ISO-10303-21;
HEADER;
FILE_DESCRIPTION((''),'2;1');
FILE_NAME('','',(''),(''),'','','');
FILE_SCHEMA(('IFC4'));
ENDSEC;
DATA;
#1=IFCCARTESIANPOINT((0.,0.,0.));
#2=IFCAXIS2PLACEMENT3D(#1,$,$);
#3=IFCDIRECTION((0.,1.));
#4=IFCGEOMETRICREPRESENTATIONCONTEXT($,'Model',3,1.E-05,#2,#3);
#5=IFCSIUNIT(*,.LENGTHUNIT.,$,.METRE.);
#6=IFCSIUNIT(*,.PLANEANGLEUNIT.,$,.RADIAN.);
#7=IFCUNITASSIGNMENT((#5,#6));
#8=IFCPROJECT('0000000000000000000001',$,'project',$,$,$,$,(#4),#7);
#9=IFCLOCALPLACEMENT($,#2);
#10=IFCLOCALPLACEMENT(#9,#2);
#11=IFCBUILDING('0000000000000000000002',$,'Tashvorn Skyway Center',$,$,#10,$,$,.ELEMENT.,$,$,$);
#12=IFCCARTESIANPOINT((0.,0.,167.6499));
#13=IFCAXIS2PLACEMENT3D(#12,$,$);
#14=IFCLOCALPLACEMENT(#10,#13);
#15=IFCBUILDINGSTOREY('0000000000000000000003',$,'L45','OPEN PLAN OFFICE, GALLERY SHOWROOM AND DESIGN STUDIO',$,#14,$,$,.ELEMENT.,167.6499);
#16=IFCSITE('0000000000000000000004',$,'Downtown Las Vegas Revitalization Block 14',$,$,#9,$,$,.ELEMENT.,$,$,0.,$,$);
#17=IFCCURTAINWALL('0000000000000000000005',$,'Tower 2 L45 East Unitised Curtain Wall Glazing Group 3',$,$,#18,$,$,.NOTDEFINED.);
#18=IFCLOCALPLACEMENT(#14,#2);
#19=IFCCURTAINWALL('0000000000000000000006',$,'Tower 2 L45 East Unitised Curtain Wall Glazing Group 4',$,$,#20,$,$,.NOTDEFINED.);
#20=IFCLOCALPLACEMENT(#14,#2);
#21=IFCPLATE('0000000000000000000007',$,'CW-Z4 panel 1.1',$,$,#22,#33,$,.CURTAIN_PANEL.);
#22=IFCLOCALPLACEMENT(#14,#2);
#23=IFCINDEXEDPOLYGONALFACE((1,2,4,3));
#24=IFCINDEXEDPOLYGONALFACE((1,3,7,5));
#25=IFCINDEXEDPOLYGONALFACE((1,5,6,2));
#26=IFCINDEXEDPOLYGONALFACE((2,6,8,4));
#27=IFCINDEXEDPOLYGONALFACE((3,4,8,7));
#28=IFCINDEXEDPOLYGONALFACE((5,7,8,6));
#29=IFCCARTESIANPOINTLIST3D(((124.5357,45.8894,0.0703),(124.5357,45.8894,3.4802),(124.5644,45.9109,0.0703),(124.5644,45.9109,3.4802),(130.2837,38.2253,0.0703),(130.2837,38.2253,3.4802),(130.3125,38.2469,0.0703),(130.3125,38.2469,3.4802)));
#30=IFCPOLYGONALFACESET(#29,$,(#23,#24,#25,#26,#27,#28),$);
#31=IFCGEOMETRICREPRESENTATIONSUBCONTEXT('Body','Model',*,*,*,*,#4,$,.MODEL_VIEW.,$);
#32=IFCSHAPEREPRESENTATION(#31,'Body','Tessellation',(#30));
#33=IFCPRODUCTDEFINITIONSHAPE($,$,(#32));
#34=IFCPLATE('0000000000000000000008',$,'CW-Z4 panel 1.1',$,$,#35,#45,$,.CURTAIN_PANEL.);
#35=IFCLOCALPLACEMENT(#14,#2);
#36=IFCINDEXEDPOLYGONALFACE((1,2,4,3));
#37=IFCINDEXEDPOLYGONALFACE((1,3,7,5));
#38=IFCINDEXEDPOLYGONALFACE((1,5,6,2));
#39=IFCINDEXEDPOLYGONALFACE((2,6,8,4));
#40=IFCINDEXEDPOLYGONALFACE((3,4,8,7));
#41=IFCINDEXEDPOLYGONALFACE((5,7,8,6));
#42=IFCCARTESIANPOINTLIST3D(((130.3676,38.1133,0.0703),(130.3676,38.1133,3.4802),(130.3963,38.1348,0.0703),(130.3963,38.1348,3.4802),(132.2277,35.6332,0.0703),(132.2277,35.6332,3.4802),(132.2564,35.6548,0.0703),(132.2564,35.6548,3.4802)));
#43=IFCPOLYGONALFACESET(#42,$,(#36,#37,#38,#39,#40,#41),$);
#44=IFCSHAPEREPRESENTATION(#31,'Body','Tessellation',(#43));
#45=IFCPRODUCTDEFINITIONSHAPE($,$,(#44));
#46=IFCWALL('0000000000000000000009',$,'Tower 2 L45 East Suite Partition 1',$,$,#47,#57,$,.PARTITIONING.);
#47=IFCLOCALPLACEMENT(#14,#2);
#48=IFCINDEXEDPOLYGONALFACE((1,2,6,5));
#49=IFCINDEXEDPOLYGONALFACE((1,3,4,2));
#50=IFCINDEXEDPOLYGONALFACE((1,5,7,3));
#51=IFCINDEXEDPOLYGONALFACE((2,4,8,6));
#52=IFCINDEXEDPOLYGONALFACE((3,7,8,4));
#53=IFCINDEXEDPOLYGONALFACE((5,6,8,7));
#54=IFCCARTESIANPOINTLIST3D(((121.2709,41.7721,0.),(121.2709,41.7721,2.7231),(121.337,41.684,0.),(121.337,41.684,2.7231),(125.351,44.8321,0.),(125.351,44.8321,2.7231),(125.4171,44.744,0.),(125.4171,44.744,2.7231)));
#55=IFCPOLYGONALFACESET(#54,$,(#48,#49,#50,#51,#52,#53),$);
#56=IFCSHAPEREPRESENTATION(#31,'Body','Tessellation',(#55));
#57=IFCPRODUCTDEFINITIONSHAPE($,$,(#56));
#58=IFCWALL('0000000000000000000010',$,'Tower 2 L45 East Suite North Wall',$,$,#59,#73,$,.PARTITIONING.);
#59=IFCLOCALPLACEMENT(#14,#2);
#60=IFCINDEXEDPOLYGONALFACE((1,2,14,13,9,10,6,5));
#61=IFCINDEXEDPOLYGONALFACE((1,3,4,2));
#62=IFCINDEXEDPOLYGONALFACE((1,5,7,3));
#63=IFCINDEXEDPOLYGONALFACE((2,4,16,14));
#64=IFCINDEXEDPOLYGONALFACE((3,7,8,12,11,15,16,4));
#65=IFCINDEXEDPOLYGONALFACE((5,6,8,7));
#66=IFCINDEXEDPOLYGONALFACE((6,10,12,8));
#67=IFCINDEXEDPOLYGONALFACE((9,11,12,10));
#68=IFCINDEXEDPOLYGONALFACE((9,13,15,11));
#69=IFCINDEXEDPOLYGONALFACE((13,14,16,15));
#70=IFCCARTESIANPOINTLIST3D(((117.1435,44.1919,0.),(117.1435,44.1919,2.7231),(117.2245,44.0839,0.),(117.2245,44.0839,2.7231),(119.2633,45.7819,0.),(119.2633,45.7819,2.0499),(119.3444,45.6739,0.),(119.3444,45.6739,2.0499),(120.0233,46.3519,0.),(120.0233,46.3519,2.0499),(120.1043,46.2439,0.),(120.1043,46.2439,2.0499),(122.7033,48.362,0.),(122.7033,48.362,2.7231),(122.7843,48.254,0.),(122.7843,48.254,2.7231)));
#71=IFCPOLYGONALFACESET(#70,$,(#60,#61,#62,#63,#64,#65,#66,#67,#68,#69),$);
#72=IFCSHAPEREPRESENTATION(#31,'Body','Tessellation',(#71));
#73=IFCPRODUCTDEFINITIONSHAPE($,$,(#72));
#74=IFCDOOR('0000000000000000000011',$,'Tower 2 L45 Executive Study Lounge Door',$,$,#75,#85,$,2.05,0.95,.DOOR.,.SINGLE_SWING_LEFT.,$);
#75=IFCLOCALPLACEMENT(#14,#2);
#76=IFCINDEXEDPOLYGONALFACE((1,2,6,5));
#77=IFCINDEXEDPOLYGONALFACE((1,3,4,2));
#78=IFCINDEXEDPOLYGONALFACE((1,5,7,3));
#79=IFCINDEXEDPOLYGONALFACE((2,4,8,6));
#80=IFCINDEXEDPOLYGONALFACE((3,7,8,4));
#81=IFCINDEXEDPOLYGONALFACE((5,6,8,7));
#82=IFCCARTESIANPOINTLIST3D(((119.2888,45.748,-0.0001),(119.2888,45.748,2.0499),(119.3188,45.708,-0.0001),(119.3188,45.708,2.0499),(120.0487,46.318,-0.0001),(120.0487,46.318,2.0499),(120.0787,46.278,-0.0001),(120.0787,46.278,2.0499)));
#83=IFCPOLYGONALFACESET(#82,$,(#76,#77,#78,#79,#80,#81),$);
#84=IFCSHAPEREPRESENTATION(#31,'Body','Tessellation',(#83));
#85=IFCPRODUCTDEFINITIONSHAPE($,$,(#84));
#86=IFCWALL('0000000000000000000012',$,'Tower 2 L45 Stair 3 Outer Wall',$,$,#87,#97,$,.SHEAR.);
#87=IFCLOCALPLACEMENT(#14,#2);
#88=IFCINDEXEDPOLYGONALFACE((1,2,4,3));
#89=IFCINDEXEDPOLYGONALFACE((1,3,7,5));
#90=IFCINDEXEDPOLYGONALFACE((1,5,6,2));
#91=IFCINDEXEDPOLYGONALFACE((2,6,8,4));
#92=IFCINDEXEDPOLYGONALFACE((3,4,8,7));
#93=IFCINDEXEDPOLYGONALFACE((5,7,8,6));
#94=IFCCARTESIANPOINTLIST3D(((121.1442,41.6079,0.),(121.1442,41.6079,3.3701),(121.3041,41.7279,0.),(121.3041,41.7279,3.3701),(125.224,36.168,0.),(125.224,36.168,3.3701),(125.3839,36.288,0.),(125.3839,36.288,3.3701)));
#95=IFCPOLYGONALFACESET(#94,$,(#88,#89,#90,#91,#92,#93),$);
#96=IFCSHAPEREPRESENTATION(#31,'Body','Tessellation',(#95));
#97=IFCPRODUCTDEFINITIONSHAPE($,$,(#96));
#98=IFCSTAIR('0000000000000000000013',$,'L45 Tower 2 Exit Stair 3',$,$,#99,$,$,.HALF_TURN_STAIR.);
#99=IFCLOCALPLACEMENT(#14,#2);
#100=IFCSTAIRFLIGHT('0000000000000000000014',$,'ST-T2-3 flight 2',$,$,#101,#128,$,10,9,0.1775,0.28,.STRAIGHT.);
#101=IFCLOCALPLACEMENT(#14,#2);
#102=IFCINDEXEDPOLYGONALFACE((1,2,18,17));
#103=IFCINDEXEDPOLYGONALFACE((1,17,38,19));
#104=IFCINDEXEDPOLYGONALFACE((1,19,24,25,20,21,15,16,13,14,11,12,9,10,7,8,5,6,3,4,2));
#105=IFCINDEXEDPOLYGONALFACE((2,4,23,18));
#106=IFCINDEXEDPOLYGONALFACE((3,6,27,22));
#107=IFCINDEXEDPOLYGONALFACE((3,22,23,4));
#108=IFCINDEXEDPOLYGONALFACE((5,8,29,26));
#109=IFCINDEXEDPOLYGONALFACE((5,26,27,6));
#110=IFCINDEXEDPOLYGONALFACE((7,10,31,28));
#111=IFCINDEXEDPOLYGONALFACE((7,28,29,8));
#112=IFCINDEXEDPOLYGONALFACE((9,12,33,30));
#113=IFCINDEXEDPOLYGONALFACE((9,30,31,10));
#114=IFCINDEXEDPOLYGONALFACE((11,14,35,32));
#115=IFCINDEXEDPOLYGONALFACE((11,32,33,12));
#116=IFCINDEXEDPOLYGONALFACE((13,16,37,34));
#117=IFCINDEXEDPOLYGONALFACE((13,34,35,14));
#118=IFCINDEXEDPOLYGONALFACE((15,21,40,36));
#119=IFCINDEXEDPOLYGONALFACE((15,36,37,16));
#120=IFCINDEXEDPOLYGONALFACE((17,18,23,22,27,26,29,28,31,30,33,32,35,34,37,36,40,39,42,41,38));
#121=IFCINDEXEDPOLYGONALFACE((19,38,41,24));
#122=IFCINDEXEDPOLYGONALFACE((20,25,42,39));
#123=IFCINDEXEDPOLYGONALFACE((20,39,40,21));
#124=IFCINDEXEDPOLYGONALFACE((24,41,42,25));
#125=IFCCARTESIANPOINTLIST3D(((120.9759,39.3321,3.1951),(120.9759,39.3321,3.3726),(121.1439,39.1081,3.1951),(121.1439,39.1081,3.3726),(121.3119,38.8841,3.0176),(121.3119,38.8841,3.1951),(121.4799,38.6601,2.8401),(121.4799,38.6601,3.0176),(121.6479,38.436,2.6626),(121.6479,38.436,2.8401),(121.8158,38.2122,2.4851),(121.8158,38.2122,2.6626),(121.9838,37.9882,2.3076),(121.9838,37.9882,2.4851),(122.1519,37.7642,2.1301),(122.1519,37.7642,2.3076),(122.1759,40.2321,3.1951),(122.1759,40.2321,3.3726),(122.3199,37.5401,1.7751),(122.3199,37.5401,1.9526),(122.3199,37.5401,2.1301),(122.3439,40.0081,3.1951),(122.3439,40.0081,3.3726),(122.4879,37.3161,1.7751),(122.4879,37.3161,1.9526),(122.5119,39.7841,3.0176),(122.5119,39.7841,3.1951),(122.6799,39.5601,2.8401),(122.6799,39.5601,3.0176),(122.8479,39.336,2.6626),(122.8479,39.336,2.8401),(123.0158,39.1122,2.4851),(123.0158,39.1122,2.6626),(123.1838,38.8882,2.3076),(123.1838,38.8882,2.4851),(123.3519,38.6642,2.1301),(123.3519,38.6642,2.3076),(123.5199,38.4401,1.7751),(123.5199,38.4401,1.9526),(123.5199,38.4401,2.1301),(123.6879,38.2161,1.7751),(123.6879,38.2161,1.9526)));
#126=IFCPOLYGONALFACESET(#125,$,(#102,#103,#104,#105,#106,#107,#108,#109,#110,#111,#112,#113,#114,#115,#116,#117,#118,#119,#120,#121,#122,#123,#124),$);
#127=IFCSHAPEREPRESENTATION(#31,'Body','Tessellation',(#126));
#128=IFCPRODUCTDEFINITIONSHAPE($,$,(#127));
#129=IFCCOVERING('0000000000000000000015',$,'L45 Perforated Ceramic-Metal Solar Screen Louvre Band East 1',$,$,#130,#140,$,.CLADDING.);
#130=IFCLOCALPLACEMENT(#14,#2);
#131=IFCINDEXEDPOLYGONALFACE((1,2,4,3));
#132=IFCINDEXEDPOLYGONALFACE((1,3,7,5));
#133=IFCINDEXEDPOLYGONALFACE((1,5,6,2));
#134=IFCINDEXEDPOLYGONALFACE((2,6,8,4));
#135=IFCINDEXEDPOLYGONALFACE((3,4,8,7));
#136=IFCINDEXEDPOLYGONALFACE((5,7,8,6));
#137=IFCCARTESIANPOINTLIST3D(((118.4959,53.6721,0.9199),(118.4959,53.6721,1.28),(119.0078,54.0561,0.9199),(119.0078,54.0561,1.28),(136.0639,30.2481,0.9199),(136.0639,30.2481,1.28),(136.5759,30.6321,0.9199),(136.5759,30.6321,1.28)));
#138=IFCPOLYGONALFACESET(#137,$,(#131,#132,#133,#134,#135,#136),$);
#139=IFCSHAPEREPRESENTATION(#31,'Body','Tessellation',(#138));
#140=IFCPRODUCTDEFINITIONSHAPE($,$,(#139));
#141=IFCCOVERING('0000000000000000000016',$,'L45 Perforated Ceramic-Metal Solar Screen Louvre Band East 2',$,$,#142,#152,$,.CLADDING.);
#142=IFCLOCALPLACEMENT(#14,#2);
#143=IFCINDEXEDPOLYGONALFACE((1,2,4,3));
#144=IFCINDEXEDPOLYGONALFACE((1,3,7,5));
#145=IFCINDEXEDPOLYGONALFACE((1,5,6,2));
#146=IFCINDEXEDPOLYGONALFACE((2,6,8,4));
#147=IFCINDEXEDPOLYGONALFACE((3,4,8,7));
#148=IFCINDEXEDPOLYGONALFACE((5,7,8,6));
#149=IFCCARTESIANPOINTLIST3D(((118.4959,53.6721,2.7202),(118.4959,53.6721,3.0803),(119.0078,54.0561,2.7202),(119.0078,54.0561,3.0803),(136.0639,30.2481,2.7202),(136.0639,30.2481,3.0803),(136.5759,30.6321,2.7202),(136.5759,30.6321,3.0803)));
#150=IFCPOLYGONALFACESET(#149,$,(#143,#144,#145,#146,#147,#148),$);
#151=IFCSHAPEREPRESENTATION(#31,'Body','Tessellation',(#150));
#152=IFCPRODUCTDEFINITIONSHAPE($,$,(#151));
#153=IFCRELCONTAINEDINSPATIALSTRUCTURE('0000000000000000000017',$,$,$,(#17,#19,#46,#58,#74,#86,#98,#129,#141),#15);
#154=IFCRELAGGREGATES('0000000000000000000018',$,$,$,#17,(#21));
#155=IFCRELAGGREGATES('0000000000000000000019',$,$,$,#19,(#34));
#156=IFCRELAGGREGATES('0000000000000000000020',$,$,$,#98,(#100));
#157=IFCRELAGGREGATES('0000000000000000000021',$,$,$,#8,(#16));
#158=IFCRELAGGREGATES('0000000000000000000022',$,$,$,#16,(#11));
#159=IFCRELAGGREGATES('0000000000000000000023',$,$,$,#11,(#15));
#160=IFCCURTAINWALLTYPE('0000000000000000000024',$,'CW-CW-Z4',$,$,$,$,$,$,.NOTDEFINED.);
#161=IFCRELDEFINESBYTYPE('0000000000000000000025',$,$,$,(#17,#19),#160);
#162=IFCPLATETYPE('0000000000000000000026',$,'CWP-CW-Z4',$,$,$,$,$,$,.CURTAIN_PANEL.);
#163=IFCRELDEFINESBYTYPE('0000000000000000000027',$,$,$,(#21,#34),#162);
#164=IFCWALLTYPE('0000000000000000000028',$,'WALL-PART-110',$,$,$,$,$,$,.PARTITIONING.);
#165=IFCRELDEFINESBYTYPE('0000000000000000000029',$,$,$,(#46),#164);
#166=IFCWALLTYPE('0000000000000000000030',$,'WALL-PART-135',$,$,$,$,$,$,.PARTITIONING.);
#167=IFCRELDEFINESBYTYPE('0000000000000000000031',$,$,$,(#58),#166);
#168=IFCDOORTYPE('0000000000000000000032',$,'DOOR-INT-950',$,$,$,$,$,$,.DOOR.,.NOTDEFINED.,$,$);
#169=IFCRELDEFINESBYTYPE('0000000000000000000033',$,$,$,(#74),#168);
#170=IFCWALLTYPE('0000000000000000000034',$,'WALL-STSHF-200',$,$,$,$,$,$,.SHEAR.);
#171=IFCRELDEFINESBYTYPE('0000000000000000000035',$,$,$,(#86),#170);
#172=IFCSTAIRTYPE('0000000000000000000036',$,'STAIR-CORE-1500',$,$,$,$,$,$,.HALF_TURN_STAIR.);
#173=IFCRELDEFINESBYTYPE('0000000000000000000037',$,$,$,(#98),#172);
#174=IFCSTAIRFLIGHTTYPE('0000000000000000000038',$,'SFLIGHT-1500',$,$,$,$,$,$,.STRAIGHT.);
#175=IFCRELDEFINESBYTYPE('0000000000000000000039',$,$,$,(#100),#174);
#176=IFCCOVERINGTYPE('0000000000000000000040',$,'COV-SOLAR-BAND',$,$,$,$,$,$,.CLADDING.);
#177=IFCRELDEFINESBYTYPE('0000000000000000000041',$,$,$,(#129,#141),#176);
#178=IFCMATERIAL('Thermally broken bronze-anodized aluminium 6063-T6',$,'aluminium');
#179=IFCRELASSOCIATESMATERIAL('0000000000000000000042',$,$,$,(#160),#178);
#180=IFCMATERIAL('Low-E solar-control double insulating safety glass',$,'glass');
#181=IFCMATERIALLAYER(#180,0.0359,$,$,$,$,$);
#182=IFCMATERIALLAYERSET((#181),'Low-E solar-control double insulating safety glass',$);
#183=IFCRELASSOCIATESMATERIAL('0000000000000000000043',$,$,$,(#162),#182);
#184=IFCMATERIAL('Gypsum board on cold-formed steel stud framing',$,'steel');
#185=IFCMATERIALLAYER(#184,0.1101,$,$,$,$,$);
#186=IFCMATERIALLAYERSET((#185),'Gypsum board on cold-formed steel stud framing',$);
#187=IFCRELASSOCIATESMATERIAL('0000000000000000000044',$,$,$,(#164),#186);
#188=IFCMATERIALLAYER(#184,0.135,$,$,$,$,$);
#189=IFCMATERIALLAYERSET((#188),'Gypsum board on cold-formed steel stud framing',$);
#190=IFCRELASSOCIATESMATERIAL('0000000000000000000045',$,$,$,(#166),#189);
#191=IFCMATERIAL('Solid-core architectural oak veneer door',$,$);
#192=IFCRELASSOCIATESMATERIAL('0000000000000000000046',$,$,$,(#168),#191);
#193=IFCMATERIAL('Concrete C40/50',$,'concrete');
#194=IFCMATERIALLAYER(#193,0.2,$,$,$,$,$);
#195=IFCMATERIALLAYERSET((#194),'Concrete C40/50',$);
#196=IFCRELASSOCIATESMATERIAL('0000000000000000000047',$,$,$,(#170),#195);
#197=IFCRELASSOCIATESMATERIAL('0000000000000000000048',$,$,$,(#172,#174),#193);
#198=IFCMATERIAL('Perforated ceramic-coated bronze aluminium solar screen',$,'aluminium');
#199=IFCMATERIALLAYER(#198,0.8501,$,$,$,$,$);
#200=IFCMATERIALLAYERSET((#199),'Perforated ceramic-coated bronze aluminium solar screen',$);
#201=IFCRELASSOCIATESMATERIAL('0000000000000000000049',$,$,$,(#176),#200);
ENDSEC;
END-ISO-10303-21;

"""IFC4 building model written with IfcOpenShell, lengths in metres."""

from ifc_helpers import new_model, si_unit, direction, frame, frame_2d, origin, origin_2d, place, context, subcontext, project, spatial, polyline, rectangle, outline, extrude, material, layer, layer_set, type_object, element, fill, aggregate, save


model = new_model("IFC4")

# Units and contexts
model_context = context("Model", 3, precision=1e-05, world=origin(), true_north=direction((0.0, 1.0)))
body_context = subcontext(model_context, "Body", "Model", "MODEL_VIEW")
ifc_project = project(units=[si_unit("LENGTHUNIT", "METRE"), si_unit("PLANEANGLEUNIT", "RADIAN")], contexts=[model_context])

# Site, building, storey
site_placement = place(None, origin())
site = spatial("IfcSite", under=ifc_project, at=site_placement, Name="Downtown Las Vegas Revitalization Block 14", CompositionType="ELEMENT", RefElevation=0.0)
building_placement = place(site_placement, origin())
building = spatial("IfcBuilding", under=site, at=building_placement, Name="Tashvorn Skyway Center", CompositionType="ELEMENT")
storey_placement = place(building_placement, frame((0.0, 0.0, 167.6499)))
storey = spatial("IfcBuildingStorey", under=building, at=storey_placement, Name="L45", Description="OPEN PLAN OFFICE, GALLERY SHOWROOM AND DESIGN STUDIO", CompositionType="ELEMENT", Elevation=167.6499)

# Curtain walls
ifc_material_1 = material(Name="Thermally broken bronze-anodized aluminium 6063-T6", Category="aluminium")
curtain_wall_type = type_object("IfcCurtainWallType", Name="CW-CW-Z4", PredefinedType="NOTDEFINED", material=ifc_material_1)
curtain_wall_1_placement = place(storey_placement, origin())
curtain_wall_1 = element("IfcCurtainWall", 1, at=curtain_wall_1_placement, inside=storey, type_object=curtain_wall_type, Name="Tower 2 L45 East Unitised Curtain Wall Glazing Group 3", PredefinedType="NOTDEFINED")
curtain_wall_2_placement = place(storey_placement, origin())
curtain_wall_2 = element("IfcCurtainWall", 2, at=curtain_wall_2_placement, inside=storey, type_object=curtain_wall_type, Name="Tower 2 L45 East Unitised Curtain Wall Glazing Group 4", PredefinedType="NOTDEFINED")

# Plates
ifc_material_2 = material(Name="Low-E solar-control double insulating safety glass", Category="glass")
ifc_layer_1 = layer(ifc_material_2, 0.0359)
ifc_layer_set_1 = layer_set([ifc_layer_1], Name="Low-E solar-control double insulating safety glass")
plate_type = type_object("IfcPlateType", Name="CWP-CW-Z4", PredefinedType="CURTAIN_PANEL", material=ifc_layer_set_1)
plate_1_placement = place(storey_placement, frame((127.4241, 42.0681, 0.0703), z_axis=(0.0, 0.0, 1.0), x_axis=(0.6, -0.8, 0.0)))
plate_1 = element("IfcPlate", 3, at=plate_1_placement, type_object=plate_type, Name="CW-Z4 panel 1.1", PredefinedType="CURTAIN_PANEL", context=body_context, shape_type="SweptSolid", body=[
    extrude(rectangle(XDim=9.5801, YDim=0.0359, at=origin_2d()), origin(), (0.0, 0.0, 1.0), 3.4099),
])
aggregate(curtain_wall_1, [plate_1])
plate_2_placement = place(storey_placement, frame((131.312, 36.884, 0.0703), z_axis=(0.0, 0.0, 1.0), x_axis=(0.6, -0.8, 0.0)))
plate_2 = element("IfcPlate", 4, at=plate_2_placement, type_object=plate_type, Name="CW-Z4 panel 1.1", PredefinedType="CURTAIN_PANEL", context=body_context, shape_type="SweptSolid", body=[
    extrude(rectangle(XDim=3.1001, YDim=0.0359, at=origin_2d()), origin(), (0.0, 0.0, 1.0), 3.4099),
])
aggregate(curtain_wall_2, [plate_2])

# Wall
ifc_material_3 = material(Name="Gypsum board on cold-formed steel stud framing", Category="steel")
ifc_layer_2 = layer(ifc_material_3, 0.1101)
ifc_layer_set_2 = layer_set([ifc_layer_2], Name="Gypsum board on cold-formed steel stud framing")
wall_type_1 = type_object("IfcWallType", Name="WALL-PART-110", PredefinedType="PARTITIONING", material=ifc_layer_set_2)
wall_1_placement = place(storey_placement, frame((125.384, 44.7881, 0.0), z_axis=(0.0, 0.0, 1.0), x_axis=(-0.8, -0.6, 0.0)))
element("IfcWall", 5, at=wall_1_placement, inside=storey, type_object=wall_type_1, Name="Tower 2 L45 East Suite Partition 1", PredefinedType="PARTITIONING", context=body_context, shape_type="SweptSolid", body=[
    extrude(rectangle(XDim=5.1001, YDim=0.1101, at=frame_2d((2.55, 0.0))), origin(), (0.0, 0.0, 1.0), 2.7231),
])

# Wall, opening, door
ifc_layer_3 = layer(ifc_material_3, 0.135)
ifc_layer_set_3 = layer_set([ifc_layer_3], Name="Gypsum board on cold-formed steel stud framing")
wall_type_2 = type_object("IfcWallType", Name="WALL-PART-135", PredefinedType="PARTITIONING", material=ifc_layer_set_3)
wall_2_placement = place(storey_placement, frame((122.7439, 48.3081, 0.0), z_axis=(0.0, 0.0, 1.0), x_axis=(-0.799979, -0.600028, 0.0)))
wall_2 = element("IfcWall", 6, at=wall_2_placement, inside=storey, type_object=wall_type_2, Name="Tower 2 L45 East Suite North Wall", PredefinedType="PARTITIONING", context=body_context, shape_type="SweptSolid", body=[
    extrude(rectangle(XDim=6.95, YDim=0.135, at=frame_2d((3.4751, 0.0))), origin(), (0.0, 0.0, 1.0), 2.7231),
])
opening_placement = place(wall_2_placement, frame((3.3501, 0.0, 0.0)))
opening = element("IfcOpeningElement", 7, at=opening_placement, cuts=wall_2, PredefinedType="OPENING", context=body_context, shape_type="SweptSolid", body=[
    extrude(rectangle(XDim=0.95, YDim=2.05, at=frame_2d((0.4751, 1.0249))), frame((0.0, 0.0774, 0.0), z_axis=(0.0, -1.0, 0.0), x_axis=(1.0, 0.0, 0.0)), (0.0, 0.0, 1.0), 0.155),
])
ifc_material_4 = material(Name="Solid-core architectural oak veneer door")
door_type = type_object("IfcDoorType", Name="DOOR-INT-950", OperationType="NOTDEFINED", PredefinedType="DOOR", material=ifc_material_4)
door_placement = place(opening_placement, origin())
door = element("IfcDoor", 8, at=door_placement, inside=storey, type_object=door_type, Name="Tower 2 L45 Executive Study Lounge Door", OperationType="SINGLE_SWING_LEFT", OverallHeight=2.05, OverallWidth=0.95, PredefinedType="DOOR", context=body_context, shape_type="SweptSolid", body=[
    extrude(rectangle(XDim=0.95, YDim=2.05, at=frame_2d((0.4751, 1.0249))), frame((0.0, 0.0249, 0.0), z_axis=(0.0, -1.0, 0.0), x_axis=(1.0, 0.0, 0.0)), (0.0, 0.0, 1.0), 0.05),
])
fill(opening, door)

# Wall
ifc_material_5 = material(Name="Concrete C40/50", Category="concrete")
ifc_layer_4 = layer(ifc_material_5, 0.2)
ifc_layer_set_4 = layer_set([ifc_layer_4], Name="Concrete C40/50")
wall_type_3 = type_object("IfcWallType", Name="WALL-STSHF-200", PredefinedType="SHEAR", material=ifc_layer_set_4)
wall_3_placement = place(storey_placement, frame((125.304, 36.228, 0.0), z_axis=(0.0, 0.0, 1.0), x_axis=(-0.599989, 0.800009, 0.0)))
element("IfcWall", 9, at=wall_3_placement, inside=storey, type_object=wall_type_3, Name="Tower 2 L45 Stair 3 Outer Wall", PredefinedType="SHEAR", context=body_context, shape_type="SweptSolid", body=[
    extrude(rectangle(XDim=6.7998, YDim=0.2, at=frame_2d((3.3999, 0.0))), origin(), (0.0, 0.0, 1.0), 3.3701),
])

# Stair, stair flight
stair_type = type_object("IfcStairType", Name="STAIR-CORE-1500", PredefinedType="HALF_TURN_STAIR", material=ifc_material_5)
stair_placement = place(storey_placement, origin())
stair = element("IfcStair", 10, at=stair_placement, inside=storey, type_object=stair_type, Name="L45 Tower 2 Exit Stair 3", PredefinedType="HALF_TURN_STAIR")
stair_flight_type = type_object("IfcStairFlightType", Name="SFLIGHT-1500", PredefinedType="STRAIGHT", material=ifc_material_5)
stair_flight_placement = place(storey_placement, frame((123.0879, 37.7661, 1.7751), z_axis=(0.0, 0.0, 1.0), x_axis=(-0.6, 0.8, 0.0)))
stair_flight = element("IfcStairFlight", 11, at=stair_flight_placement, type_object=stair_flight_type, Name="ST-T2-3 flight 2", NumberOfRisers=10, NumberOfTreads=9, PredefinedType="STRAIGHT", RiserHeight=0.1775, TreadLength=0.28, context=body_context, shape_type="SweptSolid", body=[
    extrude(outline(polyline([(0.0, 0.0), (0.0, 0.1775), (0.28, 0.1775), (0.28, 0.355), (0.5601, 0.355), (0.5601, 0.5325), (0.8401, 0.5325), (0.8401, 0.71), (1.1201, 0.71), (1.1201, 0.8875), (1.3999, 0.8875), (1.3999, 1.0649), (1.6799, 1.0649), (1.6799, 1.2424), (1.96, 1.2424), (1.96, 1.4199), (2.24, 1.4199), (2.24, 1.5974), (2.52, 1.5974), (2.52, 1.7749), (2.52, 1.4199), (0.28, 0.0), (0.0, 0.0)])), frame((0.0, 0.75, 0.0), z_axis=(0.0, -1.0, 0.0), x_axis=(1.0, 0.0, 0.0)), (0.0, 0.0, 1.0), 1.5),
])
aggregate(stair, [stair_flight])

# Coverings
ifc_material_6 = material(Name="Perforated ceramic-coated bronze aluminium solar screen", Category="aluminium")
ifc_layer_5 = layer(ifc_material_6, 0.8501)
ifc_layer_set_5 = layer_set([ifc_layer_5], Name="Perforated ceramic-coated bronze aluminium solar screen")
covering_type = type_object("IfcCoveringType", Name="COV-SOLAR-BAND", PredefinedType="CLADDING", material=ifc_layer_set_5)
for number, where, z_axis, x_axis, name in (
    (12, (127.5359, 42.1521, 0.9199), (0.0, 0.0, 1.0), (0.6, -0.8, 0.0), "L45 Perforated Ceramic-Metal Solar Screen Louvre Band East 1"),
    (13, (127.5359, 42.1521, 2.7202), (0.0, 0.0, 1.0), (0.6, -0.8, 0.0), "L45 Perforated Ceramic-Metal Solar Screen Louvre Band East 2"),
):
    element("IfcCovering", number, at=place(storey_placement, frame(where, z_axis=z_axis, x_axis=x_axis)), inside=storey, type_object=covering_type, Name=name, PredefinedType="CLADDING", context=body_context, shape_type="SweptSolid", body=[
        extrude(rectangle(XDim=29.28, YDim=0.6399, at=origin_2d()), origin(), (0.0, 0.0, 1.0), 0.3601),
    ])

save(model, "model.ifc")
